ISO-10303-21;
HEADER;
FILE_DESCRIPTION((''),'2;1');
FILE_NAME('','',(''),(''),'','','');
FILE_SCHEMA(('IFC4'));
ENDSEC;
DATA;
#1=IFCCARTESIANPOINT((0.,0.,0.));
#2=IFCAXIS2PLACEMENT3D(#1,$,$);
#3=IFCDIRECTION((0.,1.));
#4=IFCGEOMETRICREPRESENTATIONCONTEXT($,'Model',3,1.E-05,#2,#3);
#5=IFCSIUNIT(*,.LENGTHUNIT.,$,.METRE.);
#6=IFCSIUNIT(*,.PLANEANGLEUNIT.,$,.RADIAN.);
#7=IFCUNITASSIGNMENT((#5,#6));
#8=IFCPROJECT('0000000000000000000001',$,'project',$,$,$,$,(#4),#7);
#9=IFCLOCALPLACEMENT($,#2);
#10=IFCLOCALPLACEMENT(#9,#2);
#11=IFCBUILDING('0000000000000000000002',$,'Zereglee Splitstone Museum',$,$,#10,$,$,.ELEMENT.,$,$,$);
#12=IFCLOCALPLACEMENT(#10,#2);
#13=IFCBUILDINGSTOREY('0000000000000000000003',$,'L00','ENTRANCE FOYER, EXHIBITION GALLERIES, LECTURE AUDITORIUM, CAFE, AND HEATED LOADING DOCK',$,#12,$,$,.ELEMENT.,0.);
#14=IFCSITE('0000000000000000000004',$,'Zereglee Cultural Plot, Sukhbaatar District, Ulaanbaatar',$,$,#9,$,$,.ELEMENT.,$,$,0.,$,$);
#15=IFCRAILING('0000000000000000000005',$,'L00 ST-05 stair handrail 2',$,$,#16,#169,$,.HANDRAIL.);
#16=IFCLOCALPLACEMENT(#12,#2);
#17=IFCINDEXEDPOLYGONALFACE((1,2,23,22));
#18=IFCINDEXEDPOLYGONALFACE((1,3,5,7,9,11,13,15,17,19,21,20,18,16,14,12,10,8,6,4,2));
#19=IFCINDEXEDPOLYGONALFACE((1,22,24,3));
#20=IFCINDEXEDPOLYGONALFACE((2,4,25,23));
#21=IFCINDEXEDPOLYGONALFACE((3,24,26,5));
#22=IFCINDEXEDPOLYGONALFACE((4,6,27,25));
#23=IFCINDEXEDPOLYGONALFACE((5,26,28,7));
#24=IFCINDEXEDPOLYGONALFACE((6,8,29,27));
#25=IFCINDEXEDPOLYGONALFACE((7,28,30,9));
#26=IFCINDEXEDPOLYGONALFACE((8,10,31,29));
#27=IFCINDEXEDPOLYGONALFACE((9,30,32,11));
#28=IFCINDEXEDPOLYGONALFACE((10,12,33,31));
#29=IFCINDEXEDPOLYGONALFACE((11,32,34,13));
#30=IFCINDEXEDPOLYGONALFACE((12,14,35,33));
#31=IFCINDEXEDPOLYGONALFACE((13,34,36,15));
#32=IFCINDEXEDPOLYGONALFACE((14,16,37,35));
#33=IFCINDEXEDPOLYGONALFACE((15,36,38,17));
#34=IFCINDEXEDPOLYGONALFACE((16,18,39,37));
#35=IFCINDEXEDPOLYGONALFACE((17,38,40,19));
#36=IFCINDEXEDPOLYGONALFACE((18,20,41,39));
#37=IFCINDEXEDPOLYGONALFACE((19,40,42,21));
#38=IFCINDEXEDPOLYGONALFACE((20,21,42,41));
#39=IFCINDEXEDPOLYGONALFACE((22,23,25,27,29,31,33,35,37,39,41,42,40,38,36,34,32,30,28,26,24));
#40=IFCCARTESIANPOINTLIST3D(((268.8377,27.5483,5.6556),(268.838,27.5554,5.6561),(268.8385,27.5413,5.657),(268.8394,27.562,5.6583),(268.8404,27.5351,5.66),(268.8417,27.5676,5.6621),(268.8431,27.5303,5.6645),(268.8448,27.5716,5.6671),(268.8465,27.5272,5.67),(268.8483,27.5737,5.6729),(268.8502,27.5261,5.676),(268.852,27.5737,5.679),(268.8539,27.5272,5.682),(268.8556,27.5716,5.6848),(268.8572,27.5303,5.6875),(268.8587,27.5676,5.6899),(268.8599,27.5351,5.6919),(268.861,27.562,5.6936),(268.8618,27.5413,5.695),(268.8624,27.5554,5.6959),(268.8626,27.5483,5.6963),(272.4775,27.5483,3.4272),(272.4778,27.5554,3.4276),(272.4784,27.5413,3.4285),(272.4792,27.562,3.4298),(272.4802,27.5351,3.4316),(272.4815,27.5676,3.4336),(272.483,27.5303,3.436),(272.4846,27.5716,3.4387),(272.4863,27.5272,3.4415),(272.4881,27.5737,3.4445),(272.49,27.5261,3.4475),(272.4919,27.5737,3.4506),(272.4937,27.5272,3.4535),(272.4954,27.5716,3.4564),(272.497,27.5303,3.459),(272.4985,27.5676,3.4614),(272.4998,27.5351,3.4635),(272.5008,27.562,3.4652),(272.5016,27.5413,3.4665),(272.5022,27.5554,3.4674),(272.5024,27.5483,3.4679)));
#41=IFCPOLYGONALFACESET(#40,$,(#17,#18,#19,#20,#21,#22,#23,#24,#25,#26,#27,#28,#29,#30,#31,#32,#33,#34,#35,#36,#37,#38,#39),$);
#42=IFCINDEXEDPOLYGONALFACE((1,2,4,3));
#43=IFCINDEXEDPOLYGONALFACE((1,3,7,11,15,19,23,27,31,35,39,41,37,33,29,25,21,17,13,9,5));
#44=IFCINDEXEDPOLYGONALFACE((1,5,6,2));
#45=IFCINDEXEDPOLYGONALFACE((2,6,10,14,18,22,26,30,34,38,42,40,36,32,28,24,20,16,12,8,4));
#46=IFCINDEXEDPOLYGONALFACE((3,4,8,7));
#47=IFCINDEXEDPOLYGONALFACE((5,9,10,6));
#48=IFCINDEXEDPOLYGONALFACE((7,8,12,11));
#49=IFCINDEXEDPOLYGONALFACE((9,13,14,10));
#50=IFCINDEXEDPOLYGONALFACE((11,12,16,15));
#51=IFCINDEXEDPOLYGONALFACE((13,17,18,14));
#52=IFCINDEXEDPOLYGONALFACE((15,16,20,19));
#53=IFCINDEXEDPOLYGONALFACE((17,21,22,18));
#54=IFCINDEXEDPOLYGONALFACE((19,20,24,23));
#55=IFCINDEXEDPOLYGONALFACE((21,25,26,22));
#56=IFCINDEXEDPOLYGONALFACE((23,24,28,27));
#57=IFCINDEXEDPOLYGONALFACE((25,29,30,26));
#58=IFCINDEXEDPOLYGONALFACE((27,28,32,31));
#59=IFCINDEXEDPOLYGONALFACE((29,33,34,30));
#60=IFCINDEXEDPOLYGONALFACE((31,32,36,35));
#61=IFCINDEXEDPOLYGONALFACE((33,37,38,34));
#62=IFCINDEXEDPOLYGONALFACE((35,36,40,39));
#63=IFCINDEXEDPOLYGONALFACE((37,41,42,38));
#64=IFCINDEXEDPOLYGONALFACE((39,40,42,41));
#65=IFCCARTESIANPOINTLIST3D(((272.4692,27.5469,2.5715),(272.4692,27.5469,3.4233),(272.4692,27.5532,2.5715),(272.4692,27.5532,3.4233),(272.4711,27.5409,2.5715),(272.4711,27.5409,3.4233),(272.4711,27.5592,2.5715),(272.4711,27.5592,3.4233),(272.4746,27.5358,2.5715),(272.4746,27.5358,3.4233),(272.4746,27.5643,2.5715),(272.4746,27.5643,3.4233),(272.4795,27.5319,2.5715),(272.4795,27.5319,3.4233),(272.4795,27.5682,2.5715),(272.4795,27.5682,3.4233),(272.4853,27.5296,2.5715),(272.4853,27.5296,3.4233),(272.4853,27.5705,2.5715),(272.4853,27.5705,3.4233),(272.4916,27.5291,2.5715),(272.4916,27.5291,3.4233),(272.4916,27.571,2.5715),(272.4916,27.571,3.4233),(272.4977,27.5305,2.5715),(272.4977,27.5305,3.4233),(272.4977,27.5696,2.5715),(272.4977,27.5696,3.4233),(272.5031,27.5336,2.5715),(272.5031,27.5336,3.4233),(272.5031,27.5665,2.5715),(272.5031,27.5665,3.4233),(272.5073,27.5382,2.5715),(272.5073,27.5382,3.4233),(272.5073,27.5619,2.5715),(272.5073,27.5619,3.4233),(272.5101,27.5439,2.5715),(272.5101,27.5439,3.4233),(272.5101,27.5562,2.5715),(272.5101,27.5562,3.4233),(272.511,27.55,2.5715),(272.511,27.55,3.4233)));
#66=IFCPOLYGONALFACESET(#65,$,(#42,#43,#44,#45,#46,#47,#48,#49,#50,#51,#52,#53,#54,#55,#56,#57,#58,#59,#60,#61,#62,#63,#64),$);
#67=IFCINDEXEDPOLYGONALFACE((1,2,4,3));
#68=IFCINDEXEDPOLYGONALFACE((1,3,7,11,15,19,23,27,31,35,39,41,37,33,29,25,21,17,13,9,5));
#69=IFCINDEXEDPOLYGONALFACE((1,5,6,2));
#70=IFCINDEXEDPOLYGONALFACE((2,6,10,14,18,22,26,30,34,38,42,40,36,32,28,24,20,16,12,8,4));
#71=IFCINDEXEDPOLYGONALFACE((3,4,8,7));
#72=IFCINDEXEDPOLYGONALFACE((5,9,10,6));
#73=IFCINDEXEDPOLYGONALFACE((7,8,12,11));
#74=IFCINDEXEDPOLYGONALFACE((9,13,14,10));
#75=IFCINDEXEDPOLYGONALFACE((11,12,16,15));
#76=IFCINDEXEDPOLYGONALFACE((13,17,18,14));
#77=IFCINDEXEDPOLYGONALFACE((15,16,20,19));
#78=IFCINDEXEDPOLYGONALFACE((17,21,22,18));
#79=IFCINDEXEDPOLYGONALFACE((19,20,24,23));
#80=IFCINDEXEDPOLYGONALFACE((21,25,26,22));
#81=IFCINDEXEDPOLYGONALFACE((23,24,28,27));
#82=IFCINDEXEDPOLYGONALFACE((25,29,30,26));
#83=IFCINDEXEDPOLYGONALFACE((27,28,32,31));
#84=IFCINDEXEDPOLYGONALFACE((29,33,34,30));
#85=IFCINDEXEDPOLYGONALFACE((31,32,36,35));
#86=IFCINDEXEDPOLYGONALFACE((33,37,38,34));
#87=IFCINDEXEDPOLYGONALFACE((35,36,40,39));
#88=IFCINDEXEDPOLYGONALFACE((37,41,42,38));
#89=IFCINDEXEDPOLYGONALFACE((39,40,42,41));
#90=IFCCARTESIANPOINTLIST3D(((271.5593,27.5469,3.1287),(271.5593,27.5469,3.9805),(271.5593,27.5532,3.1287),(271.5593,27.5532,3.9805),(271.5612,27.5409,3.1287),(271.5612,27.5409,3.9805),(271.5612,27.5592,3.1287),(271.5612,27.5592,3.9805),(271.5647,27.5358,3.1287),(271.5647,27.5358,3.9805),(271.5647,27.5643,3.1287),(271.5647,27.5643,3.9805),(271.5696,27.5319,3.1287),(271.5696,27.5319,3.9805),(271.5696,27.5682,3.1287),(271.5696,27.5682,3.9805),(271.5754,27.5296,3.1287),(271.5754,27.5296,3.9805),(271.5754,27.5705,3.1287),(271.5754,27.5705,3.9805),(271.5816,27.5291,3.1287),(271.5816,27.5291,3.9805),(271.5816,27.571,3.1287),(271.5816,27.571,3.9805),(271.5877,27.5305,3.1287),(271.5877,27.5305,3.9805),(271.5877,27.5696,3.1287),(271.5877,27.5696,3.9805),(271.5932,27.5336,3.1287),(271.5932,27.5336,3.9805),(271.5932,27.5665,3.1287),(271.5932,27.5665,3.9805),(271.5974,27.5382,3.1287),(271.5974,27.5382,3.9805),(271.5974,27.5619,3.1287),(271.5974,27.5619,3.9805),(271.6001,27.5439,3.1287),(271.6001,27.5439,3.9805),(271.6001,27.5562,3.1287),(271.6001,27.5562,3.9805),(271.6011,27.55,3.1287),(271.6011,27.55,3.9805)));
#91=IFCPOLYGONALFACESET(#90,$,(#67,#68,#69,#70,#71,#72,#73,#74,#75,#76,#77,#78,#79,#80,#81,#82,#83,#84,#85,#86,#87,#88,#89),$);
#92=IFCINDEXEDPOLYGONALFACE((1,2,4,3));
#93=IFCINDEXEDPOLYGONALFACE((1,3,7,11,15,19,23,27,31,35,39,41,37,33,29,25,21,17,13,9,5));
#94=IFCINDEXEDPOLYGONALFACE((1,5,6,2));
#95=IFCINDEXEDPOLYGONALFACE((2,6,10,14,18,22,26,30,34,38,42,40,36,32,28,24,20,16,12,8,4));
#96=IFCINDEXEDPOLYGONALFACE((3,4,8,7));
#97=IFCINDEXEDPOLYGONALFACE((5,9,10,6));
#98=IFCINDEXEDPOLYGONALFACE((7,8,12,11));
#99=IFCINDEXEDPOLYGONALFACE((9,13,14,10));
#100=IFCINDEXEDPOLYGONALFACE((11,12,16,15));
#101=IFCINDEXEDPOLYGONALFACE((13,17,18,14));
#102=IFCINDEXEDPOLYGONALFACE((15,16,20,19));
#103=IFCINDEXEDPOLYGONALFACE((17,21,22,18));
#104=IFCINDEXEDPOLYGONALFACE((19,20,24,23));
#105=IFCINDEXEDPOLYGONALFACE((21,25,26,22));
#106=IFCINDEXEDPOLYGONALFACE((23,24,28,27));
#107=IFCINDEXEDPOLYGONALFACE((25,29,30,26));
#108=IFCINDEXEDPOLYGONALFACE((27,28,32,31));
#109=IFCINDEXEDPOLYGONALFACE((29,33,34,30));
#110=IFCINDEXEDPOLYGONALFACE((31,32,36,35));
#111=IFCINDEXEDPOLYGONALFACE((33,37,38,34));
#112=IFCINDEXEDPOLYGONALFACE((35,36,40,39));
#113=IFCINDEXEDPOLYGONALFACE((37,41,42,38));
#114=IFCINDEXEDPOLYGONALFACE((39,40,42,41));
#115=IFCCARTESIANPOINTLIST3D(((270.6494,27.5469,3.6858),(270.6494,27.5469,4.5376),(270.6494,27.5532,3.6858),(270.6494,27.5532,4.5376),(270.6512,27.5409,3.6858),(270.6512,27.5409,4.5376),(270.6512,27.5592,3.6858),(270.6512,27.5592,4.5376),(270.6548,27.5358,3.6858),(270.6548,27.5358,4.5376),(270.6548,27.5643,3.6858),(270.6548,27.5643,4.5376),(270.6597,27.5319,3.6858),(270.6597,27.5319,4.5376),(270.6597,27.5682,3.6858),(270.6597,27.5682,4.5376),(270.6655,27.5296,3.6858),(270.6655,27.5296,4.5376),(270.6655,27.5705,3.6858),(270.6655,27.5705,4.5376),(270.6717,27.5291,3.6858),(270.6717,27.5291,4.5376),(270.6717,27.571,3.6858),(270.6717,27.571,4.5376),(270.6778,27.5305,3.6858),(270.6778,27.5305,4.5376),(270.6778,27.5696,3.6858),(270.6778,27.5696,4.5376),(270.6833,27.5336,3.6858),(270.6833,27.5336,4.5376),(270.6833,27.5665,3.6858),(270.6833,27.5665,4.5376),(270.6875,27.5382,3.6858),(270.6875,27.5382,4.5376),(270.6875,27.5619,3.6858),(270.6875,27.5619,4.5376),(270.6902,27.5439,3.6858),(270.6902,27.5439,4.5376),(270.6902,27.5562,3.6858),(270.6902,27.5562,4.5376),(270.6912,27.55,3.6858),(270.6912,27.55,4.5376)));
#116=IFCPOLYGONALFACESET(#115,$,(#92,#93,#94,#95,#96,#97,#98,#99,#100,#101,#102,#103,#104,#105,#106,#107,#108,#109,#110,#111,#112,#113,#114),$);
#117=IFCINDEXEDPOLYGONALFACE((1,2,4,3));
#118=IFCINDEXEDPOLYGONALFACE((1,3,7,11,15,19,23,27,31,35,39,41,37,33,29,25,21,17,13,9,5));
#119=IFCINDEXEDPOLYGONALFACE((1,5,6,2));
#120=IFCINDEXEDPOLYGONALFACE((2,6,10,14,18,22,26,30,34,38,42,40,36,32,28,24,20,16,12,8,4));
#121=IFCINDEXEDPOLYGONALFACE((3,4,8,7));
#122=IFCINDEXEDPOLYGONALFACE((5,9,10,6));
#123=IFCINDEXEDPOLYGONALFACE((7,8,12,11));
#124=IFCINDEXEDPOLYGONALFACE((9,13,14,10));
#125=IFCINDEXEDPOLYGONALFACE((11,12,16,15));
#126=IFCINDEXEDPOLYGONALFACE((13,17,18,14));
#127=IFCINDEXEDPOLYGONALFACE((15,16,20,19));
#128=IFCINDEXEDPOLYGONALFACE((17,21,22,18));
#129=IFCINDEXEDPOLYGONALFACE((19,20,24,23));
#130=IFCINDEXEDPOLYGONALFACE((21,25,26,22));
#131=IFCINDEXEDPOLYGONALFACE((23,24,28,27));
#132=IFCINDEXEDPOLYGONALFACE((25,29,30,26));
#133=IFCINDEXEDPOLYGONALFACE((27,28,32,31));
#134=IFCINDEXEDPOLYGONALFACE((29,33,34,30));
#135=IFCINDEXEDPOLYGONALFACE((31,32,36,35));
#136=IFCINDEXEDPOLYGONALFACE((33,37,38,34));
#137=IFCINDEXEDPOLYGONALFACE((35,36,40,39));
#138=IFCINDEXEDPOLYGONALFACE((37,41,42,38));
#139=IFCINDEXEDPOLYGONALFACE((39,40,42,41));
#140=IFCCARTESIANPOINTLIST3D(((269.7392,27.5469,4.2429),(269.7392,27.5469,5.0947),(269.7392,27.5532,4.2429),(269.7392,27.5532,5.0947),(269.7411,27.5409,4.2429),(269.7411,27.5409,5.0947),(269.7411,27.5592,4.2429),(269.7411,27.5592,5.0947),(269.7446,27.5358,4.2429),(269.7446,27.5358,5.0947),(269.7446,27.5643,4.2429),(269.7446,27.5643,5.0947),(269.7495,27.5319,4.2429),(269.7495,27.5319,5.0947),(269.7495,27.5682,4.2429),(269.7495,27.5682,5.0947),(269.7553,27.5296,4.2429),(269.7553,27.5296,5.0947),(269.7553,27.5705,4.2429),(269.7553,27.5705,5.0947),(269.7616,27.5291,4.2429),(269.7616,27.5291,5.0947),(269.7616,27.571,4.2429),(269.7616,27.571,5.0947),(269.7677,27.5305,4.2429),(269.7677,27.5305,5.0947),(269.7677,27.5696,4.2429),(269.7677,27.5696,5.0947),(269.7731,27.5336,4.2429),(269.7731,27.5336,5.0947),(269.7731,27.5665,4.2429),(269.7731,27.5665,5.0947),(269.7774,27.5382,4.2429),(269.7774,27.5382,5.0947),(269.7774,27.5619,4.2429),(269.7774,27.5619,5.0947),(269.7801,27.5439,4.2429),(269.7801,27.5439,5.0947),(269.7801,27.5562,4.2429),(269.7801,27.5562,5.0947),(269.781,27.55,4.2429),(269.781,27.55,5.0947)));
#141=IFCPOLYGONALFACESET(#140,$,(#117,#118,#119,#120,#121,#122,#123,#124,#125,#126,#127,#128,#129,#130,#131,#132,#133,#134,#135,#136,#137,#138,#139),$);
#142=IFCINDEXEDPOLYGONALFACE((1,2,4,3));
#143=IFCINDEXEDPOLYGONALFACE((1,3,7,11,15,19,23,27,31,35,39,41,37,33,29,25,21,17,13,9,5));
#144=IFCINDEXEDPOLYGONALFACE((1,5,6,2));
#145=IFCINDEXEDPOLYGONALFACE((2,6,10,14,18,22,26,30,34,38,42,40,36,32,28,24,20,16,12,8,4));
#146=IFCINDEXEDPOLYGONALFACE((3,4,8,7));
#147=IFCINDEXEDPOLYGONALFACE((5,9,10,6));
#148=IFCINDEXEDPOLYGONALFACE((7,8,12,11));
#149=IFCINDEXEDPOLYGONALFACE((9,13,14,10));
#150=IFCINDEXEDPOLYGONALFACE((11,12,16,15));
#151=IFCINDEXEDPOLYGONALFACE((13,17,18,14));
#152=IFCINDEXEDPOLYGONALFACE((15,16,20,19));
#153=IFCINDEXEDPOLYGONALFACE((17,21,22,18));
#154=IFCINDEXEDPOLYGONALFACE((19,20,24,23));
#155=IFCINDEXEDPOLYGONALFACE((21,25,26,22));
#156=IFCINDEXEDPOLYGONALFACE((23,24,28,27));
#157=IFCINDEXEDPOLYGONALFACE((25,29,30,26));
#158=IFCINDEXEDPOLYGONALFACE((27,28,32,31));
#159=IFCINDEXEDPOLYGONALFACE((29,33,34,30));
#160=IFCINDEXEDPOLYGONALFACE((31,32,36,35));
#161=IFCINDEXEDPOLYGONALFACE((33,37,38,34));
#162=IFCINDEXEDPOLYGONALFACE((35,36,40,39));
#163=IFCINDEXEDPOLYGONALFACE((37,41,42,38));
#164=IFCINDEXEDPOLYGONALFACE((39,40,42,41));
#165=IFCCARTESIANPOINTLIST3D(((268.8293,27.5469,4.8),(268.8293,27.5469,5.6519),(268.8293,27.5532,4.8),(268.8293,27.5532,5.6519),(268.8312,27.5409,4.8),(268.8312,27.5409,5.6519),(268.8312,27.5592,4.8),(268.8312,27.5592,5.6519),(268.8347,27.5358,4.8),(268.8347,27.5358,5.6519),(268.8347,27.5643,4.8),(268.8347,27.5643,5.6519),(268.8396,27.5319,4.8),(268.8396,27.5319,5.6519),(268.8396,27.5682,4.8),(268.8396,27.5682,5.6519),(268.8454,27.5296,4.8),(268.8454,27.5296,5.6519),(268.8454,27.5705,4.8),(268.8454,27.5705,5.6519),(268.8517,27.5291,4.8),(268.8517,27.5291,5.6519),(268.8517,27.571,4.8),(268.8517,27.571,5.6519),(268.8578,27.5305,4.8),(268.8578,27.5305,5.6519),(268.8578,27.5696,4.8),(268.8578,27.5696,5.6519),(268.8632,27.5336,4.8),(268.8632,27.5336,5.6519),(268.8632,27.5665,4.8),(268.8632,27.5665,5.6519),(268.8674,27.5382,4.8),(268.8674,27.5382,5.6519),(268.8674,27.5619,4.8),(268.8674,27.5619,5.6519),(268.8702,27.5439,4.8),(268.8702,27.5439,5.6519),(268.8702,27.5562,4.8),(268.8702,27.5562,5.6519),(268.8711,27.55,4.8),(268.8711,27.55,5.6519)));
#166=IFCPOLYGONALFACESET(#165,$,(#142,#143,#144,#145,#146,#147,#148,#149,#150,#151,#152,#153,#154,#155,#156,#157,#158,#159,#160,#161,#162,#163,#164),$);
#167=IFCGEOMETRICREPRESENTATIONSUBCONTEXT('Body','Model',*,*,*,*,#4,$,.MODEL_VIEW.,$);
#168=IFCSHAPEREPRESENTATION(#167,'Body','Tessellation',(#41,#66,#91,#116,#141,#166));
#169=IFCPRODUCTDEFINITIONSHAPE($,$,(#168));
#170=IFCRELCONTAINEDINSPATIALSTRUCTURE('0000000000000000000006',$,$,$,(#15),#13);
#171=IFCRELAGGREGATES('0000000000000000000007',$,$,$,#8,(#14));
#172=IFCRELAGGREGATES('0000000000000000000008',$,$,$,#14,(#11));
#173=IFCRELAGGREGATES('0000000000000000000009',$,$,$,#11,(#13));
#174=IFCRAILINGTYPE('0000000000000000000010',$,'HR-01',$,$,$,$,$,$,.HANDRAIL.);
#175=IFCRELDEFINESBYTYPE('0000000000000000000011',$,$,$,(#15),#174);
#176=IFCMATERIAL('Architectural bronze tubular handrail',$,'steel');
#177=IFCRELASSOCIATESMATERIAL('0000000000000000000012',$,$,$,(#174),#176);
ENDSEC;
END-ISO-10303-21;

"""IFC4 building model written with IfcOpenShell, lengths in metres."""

from ifc_helpers import new_model, si_unit, direction, frame, origin, origin_2d, place, context, subcontext, project, spatial, circle, extrude, material, type_object, element, save


model = new_model("IFC4")

# Units and contexts
model_context = context("Model", 3, precision=1e-05, world=origin(), true_north=direction((0.0, 1.0)))
body_context = subcontext(model_context, "Body", "Model", "MODEL_VIEW")
ifc_project = project(units=[si_unit("LENGTHUNIT", "METRE"), si_unit("PLANEANGLEUNIT", "RADIAN")], contexts=[model_context])

# Site, building, storey
site_placement = place(None, origin())
site = spatial("IfcSite", under=ifc_project, at=site_placement, Name="Zereglee Cultural Plot, Sukhbaatar District, Ulaanbaatar", CompositionType="ELEMENT", RefElevation=0.0)
building_placement = place(site_placement, origin())
building = spatial("IfcBuilding", under=site, at=building_placement, Name="Zereglee Splitstone Museum", CompositionType="ELEMENT")
storey_placement = place(building_placement, origin())
storey = spatial("IfcBuildingStorey", under=building, at=storey_placement, Name="L00", Description="ENTRANCE FOYER, EXHIBITION GALLERIES, LECTURE AUDITORIUM, CAFE, AND HEATED LOADING DOCK", CompositionType="ELEMENT", Elevation=0.0)

# Railing
ifc_material_1 = material(Name="Architectural bronze tubular handrail", Category="steel")
railing_type_1 = type_object("IfcRailingType", Name="HR-01", PredefinedType="HANDRAIL", material=ifc_material_1)
railing_1_placement = place(storey_placement, frame((272.49, 27.55, 2.5715)))
element("IfcRailing", 1, at=railing_1_placement, inside=storey, type_object=railing_type_1, Name="L00 ST-05 stair handrail 2", PredefinedType="HANDRAIL", context=body_context, shape_type="SweptSolid", body=[
    extrude(circle(Radius=0.0239, at=origin_2d()), frame((0.0, 0.0, 0.876), z_axis=(-0.85285, 0.0, 0.522156), x_axis=(0.0, -1.0, 0.0)), (0.0, 0.0, 1.0), 4.2678),
    extrude(circle(Radius=0.021, at=origin_2d()), origin(), (0.0, 0.0, 1.0), 0.8518),
    extrude(circle(Radius=0.021, at=origin_2d()), frame((-0.9099, 0.0, 0.5571)), (0.0, 0.0, 1.0), 0.8518),
    extrude(circle(Radius=0.021, at=origin_2d()), frame((-1.8198, 0.0, 1.1143)), (0.0, 0.0, 1.0), 0.8518),
    extrude(circle(Radius=0.021, at=origin_2d()), frame((-2.73, 0.0, 1.6714)), (0.0, 0.0, 1.0), 0.8518),
    extrude(circle(Radius=0.021, at=origin_2d()), frame((-3.6399, 0.0, 2.2285)), (0.0, 0.0, 1.0), 0.8518),
])

save(model, "model.ifc")
